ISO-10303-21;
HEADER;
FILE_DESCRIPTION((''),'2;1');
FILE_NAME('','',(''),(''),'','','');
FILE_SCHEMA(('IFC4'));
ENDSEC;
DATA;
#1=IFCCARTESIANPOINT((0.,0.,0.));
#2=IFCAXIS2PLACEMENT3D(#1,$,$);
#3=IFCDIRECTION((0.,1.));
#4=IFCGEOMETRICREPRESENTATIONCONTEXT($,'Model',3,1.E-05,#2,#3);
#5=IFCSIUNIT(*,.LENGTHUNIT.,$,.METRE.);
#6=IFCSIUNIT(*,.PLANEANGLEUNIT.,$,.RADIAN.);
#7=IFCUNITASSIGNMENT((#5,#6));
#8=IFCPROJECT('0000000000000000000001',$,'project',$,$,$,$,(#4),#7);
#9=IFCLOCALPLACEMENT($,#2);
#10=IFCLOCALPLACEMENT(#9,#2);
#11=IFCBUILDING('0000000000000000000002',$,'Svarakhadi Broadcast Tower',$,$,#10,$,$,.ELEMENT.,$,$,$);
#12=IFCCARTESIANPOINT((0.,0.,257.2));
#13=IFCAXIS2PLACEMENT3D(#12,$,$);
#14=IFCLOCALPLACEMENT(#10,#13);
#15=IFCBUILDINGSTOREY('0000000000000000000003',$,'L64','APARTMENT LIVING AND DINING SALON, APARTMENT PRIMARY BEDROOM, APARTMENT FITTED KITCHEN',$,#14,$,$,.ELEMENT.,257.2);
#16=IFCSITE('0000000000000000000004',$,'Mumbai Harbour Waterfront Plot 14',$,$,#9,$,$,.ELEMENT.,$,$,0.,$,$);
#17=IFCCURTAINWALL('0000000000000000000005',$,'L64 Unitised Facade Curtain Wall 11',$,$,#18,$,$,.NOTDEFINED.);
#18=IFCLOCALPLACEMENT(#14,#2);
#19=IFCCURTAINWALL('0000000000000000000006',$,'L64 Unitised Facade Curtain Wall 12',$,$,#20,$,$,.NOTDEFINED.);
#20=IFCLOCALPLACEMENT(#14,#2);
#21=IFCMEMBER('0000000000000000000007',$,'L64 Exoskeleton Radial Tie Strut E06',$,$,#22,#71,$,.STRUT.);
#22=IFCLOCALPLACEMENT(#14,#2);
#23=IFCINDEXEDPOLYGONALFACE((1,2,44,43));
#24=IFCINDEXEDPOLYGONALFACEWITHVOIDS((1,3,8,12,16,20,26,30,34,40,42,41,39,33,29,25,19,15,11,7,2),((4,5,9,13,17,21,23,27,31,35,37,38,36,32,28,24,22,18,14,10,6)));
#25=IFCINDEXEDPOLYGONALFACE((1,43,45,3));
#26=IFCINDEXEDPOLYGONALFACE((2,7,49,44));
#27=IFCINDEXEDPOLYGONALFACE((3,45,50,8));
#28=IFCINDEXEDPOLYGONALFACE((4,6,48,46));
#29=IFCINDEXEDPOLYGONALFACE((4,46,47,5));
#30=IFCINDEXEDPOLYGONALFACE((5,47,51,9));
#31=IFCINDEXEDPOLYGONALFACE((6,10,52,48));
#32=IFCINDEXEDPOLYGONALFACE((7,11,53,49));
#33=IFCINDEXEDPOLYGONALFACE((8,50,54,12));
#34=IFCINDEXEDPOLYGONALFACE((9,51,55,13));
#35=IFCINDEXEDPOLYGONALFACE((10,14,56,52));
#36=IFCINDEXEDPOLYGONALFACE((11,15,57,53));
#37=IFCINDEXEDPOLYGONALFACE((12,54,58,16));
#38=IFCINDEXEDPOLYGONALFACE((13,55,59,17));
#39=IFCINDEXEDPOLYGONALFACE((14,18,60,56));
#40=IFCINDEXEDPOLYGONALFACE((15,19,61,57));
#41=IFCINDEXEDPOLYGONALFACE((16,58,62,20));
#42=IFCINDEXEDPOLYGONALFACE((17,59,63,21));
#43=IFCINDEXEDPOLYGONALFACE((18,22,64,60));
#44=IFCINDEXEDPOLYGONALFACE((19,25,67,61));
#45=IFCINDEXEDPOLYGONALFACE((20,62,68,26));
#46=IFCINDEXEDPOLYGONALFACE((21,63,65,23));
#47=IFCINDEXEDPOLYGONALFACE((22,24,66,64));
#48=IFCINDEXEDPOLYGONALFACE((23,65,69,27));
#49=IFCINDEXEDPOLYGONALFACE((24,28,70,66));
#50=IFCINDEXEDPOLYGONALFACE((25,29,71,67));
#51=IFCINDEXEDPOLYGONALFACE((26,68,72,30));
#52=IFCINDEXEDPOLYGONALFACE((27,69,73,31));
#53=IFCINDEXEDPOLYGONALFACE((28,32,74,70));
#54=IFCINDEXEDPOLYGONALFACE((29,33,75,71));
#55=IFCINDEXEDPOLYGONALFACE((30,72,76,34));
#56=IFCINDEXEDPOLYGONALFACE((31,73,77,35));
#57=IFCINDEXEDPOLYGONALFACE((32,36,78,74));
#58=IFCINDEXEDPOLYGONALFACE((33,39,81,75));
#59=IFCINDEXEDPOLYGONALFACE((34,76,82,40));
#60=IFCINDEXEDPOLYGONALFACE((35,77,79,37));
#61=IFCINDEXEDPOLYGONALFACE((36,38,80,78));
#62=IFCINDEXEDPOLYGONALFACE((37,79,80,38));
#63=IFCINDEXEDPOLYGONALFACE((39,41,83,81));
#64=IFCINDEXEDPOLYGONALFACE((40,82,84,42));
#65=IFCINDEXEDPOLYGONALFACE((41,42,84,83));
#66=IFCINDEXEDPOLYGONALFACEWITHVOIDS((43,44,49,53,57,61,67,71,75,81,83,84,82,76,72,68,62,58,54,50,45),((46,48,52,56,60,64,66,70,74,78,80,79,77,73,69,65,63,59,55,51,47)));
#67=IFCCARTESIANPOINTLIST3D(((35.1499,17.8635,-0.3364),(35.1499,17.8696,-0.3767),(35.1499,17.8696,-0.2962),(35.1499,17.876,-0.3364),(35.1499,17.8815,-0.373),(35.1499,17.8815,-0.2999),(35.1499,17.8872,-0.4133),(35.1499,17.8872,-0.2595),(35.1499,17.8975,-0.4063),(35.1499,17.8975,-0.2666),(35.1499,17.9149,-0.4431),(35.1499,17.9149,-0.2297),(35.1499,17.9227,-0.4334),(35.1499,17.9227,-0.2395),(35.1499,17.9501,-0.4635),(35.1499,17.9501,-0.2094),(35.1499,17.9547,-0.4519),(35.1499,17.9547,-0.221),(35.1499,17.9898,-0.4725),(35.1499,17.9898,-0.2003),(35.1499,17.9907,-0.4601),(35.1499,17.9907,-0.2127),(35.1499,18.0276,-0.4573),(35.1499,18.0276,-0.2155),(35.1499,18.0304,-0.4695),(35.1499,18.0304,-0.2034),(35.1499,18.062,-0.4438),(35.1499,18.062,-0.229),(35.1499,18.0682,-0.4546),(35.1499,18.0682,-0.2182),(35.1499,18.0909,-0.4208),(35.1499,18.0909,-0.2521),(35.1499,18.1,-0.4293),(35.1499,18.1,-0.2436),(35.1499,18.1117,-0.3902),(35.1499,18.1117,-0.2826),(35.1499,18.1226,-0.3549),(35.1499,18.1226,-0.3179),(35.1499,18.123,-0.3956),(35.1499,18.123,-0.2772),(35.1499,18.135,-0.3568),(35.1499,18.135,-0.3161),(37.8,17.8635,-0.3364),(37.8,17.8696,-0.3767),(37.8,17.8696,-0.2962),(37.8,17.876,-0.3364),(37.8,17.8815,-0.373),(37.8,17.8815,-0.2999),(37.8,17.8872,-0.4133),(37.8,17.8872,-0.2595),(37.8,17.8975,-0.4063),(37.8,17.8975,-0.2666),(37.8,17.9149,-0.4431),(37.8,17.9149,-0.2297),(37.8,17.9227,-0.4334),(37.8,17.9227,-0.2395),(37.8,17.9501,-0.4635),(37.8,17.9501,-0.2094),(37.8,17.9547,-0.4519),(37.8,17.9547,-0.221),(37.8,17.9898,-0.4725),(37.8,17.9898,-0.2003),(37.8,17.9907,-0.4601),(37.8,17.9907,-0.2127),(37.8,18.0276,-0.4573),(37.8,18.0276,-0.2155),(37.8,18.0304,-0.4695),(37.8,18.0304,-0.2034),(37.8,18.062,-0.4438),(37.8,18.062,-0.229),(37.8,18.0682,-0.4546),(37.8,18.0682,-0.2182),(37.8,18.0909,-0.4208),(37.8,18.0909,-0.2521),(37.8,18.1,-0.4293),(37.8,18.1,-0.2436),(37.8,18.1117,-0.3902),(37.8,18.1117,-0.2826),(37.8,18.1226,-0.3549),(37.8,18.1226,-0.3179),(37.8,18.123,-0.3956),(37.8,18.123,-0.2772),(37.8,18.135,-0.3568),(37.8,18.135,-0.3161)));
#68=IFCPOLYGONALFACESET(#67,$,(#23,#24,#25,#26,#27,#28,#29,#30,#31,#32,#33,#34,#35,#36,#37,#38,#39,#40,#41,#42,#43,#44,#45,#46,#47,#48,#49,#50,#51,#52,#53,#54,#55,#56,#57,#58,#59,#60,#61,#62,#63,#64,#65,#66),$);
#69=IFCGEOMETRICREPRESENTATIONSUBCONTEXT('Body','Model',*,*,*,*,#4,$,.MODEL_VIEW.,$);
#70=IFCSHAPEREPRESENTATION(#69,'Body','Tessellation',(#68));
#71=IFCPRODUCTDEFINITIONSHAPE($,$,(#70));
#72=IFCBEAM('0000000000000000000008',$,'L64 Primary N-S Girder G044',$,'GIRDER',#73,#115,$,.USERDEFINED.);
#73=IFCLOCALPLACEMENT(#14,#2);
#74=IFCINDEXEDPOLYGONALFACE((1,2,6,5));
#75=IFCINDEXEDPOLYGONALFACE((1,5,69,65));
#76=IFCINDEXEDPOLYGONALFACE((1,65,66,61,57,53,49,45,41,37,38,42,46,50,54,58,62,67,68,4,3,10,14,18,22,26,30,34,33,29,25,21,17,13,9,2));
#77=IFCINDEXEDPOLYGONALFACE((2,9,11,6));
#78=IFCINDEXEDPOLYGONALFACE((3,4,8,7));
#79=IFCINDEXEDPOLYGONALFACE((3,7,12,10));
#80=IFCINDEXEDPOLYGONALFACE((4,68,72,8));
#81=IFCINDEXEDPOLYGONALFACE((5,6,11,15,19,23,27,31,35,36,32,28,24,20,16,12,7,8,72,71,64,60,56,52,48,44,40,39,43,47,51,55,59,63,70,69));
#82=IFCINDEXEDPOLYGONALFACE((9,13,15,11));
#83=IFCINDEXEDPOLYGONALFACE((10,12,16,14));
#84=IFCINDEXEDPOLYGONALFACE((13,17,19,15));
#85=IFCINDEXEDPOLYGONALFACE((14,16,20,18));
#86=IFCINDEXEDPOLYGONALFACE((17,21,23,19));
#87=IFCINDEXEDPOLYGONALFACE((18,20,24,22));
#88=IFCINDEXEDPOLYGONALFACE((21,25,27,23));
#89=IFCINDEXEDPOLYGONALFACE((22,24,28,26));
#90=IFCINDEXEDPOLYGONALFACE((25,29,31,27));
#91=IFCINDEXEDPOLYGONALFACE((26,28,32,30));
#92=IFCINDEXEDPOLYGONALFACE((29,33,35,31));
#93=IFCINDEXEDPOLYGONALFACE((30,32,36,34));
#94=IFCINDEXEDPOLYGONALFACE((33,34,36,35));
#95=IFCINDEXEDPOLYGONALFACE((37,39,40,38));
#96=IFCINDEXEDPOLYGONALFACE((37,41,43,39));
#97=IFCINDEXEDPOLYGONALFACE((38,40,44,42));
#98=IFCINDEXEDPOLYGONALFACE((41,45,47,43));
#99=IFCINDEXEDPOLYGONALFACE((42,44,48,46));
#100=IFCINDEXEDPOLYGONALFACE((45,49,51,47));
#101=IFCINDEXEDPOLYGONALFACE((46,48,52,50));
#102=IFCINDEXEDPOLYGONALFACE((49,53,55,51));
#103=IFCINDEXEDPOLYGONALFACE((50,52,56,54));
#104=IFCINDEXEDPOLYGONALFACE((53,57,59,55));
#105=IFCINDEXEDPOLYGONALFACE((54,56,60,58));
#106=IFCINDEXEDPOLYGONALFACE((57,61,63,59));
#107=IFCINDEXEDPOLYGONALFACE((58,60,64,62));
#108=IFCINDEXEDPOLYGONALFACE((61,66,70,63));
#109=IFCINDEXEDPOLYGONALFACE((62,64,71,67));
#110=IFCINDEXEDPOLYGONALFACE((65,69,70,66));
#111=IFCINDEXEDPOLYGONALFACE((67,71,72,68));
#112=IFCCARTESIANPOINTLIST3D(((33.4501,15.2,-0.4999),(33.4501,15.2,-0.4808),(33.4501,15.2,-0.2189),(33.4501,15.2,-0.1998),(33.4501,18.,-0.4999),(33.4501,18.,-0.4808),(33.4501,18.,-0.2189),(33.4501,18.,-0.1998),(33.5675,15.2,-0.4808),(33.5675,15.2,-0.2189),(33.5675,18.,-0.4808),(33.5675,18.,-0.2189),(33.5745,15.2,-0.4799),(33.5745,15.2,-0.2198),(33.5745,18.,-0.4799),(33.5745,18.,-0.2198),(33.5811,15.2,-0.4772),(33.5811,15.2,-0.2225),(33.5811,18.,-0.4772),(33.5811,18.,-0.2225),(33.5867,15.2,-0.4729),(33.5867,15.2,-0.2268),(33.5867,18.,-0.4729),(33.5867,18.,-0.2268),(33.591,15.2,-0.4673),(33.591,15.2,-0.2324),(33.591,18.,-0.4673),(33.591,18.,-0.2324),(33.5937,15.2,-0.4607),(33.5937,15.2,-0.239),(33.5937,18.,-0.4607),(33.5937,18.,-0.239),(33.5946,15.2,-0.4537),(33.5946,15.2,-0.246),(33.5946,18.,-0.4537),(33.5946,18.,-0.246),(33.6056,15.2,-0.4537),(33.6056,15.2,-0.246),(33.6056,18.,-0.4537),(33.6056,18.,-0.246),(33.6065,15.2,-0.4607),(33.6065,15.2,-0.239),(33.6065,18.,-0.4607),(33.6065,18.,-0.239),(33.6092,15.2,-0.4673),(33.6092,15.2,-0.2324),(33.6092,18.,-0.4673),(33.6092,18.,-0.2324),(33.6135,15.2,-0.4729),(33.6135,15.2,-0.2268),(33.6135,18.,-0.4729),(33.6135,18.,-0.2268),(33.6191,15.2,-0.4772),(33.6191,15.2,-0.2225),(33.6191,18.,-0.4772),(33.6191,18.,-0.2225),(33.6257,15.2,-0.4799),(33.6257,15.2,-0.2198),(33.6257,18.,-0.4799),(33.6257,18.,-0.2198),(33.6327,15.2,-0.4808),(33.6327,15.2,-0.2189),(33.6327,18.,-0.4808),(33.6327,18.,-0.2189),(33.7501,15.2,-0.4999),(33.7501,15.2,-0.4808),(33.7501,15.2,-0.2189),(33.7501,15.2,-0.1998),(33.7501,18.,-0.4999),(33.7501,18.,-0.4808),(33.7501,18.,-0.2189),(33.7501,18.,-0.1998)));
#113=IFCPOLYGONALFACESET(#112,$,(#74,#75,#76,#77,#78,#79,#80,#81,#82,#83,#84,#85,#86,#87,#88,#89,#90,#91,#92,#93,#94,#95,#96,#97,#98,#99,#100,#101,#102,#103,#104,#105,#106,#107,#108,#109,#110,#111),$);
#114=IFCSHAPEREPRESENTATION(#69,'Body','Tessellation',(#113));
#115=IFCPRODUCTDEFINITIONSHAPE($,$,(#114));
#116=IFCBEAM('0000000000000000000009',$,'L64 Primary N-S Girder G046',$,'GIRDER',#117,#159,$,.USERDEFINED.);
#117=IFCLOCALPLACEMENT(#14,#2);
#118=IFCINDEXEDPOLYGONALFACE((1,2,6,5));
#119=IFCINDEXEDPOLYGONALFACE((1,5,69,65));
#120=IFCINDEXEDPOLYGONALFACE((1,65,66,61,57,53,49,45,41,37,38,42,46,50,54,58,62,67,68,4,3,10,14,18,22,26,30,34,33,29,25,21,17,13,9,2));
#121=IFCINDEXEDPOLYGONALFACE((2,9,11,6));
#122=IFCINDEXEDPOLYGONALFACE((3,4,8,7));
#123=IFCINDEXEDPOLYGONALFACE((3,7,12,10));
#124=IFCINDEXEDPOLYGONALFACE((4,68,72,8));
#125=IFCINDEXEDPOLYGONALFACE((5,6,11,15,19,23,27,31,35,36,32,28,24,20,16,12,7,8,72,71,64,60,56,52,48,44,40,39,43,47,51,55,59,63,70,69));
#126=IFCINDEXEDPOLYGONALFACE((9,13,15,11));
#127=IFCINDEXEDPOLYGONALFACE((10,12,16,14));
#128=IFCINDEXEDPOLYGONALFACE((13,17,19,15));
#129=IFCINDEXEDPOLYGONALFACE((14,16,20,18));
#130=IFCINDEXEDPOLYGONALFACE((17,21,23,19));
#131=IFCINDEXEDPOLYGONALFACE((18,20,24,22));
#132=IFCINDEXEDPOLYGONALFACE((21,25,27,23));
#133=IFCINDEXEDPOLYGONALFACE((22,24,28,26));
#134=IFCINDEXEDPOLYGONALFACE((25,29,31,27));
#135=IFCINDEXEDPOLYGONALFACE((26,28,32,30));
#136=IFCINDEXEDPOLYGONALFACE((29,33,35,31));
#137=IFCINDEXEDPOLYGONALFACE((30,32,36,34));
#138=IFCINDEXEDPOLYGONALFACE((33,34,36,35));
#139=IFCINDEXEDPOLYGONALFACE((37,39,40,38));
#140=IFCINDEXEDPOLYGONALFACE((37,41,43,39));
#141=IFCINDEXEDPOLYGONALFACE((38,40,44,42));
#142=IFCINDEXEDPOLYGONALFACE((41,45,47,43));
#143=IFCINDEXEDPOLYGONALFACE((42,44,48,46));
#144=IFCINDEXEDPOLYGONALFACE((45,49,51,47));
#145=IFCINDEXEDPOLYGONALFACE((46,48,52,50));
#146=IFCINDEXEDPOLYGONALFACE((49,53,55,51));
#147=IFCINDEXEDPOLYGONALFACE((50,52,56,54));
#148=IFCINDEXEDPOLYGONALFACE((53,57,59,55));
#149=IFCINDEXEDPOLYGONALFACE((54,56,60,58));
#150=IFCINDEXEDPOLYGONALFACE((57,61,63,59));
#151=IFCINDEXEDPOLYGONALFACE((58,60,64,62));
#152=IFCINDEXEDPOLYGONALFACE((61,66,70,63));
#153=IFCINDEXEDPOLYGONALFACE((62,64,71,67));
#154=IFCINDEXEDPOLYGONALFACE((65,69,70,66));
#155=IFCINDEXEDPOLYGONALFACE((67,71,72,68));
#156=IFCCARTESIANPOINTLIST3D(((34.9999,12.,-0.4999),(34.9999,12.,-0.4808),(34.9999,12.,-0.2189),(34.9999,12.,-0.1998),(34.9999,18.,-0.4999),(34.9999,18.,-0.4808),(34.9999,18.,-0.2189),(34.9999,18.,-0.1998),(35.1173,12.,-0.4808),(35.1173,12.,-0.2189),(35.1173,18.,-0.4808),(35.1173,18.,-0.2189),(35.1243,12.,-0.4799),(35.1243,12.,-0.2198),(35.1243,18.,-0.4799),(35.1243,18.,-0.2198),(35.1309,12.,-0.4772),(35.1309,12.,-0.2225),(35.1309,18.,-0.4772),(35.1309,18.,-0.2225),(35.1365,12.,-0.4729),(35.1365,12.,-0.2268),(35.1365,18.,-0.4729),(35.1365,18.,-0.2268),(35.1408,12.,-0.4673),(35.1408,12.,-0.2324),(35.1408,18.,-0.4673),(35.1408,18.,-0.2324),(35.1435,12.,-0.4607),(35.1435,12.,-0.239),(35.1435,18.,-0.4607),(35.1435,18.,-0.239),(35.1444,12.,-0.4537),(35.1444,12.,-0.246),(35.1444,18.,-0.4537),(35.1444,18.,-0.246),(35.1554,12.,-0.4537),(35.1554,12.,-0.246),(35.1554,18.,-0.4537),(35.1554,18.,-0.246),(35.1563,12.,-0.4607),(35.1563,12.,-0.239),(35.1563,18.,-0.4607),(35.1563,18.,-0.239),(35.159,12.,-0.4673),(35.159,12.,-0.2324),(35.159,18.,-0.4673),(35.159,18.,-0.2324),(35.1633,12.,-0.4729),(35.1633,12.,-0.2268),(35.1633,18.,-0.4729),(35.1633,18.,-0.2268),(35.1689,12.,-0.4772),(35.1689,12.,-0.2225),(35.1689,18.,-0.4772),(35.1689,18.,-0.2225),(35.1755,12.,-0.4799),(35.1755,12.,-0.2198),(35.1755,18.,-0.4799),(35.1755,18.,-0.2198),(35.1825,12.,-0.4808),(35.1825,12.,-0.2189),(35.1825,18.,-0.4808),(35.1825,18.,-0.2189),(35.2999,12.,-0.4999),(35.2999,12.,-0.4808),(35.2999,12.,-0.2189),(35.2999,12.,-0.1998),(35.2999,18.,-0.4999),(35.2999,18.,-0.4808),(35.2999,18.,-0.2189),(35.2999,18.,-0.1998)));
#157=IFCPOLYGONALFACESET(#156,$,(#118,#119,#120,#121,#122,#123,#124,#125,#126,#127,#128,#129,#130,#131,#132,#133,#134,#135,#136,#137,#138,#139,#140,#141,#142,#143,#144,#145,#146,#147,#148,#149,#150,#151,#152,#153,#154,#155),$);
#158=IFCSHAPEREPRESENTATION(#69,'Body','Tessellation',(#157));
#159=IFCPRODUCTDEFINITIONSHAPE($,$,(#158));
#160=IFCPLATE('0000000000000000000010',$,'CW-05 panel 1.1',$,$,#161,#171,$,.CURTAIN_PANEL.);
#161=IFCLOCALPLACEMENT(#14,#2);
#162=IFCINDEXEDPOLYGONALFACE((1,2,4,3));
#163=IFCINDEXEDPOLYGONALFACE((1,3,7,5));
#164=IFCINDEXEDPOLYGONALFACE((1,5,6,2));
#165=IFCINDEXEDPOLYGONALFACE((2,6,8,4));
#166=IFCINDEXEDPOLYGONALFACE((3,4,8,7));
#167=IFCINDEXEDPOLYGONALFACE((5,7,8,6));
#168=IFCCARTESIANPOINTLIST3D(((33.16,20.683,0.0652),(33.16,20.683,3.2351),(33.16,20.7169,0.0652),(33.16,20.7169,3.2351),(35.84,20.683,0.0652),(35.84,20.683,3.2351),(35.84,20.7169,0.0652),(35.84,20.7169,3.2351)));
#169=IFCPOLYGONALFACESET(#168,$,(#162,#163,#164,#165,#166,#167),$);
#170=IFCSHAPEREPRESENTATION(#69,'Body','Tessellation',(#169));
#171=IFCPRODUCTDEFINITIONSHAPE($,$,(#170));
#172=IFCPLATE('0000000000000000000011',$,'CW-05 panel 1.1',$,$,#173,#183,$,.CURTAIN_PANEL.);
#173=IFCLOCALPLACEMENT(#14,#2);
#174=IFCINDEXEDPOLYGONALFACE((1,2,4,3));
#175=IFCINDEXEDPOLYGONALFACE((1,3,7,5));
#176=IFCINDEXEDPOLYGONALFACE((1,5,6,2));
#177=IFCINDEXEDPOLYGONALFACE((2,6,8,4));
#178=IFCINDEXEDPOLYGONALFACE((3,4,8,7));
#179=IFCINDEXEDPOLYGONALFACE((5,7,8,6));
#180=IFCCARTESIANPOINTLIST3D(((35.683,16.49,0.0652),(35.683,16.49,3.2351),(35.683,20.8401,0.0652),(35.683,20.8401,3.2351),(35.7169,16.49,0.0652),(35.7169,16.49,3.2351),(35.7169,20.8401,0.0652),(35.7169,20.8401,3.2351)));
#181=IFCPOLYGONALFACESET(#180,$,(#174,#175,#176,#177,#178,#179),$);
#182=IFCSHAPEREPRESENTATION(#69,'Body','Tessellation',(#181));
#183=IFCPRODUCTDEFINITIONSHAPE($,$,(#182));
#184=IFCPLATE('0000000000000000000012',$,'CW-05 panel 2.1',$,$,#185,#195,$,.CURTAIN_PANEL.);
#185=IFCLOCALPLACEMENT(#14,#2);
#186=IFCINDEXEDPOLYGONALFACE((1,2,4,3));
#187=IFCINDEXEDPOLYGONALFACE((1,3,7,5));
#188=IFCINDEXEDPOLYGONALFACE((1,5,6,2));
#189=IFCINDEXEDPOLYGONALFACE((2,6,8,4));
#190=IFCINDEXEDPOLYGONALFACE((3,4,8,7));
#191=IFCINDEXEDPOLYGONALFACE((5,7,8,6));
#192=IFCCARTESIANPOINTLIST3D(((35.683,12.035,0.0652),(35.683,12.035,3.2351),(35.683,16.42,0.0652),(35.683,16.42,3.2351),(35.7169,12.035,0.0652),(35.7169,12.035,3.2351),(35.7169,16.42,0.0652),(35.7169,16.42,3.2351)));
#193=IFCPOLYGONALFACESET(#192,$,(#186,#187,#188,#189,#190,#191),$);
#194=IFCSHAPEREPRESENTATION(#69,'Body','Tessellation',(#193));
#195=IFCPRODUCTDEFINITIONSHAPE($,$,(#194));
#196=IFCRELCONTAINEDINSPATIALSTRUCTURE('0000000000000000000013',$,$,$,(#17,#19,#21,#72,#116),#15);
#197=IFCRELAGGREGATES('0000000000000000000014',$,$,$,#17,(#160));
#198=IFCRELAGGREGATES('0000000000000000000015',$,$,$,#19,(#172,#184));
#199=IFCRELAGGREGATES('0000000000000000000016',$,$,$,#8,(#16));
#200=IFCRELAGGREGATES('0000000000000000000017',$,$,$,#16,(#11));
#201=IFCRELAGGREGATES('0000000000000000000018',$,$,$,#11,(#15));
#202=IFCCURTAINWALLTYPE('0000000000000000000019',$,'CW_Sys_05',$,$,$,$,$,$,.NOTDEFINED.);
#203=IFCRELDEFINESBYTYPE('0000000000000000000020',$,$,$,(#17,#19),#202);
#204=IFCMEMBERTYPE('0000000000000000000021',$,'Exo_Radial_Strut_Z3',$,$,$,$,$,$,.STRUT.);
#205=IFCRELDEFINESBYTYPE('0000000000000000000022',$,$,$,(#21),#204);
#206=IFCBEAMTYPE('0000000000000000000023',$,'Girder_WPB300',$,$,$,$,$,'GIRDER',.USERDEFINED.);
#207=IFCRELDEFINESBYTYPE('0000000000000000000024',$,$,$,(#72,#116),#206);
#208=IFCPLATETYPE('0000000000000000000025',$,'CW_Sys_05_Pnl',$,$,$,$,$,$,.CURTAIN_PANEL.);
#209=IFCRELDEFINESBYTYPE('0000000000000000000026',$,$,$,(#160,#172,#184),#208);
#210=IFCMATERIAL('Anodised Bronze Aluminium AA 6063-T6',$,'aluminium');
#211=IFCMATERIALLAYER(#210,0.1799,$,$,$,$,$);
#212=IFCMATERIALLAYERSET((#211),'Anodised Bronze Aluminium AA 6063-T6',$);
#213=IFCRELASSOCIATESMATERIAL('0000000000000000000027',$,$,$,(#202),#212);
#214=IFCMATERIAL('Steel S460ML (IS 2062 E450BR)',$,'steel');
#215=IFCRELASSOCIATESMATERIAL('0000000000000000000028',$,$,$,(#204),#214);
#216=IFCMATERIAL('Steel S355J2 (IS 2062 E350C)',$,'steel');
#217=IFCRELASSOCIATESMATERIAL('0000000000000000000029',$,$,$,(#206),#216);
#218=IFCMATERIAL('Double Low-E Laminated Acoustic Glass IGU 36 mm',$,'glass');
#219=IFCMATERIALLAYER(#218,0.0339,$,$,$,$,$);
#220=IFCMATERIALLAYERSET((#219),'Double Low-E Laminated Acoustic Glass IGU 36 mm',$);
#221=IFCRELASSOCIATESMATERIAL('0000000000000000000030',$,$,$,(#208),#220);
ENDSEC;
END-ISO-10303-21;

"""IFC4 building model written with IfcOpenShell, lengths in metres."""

from ifc_helpers import new_model, si_unit, direction, frame, origin, origin_2d, place, context, subcontext, project, spatial, rectangle, hollow_circle, i_section, extrude, material, layer, layer_set, material_profile, profile_set, type_object, element, aggregate, save


model = new_model("IFC4")

# Units and contexts
model_context = context("Model", 3, precision=1e-05, world=origin(), true_north=direction((0.0, 1.0)))
body_context = subcontext(model_context, "Body", "Model", "MODEL_VIEW")
ifc_project = project(units=[si_unit("LENGTHUNIT", "METRE"), si_unit("PLANEANGLEUNIT", "RADIAN")], contexts=[model_context])

# Site, building, storey
site_placement = place(None, origin())
site = spatial("IfcSite", under=ifc_project, at=site_placement, Name="Mumbai Harbour Waterfront Plot 14", CompositionType="ELEMENT", RefElevation=0.0)
building_placement = place(site_placement, origin())
building = spatial("IfcBuilding", under=site, at=building_placement, Name="Svarakhadi Broadcast Tower", CompositionType="ELEMENT")
storey_placement = place(building_placement, frame((0.0, 0.0, 257.2)))
storey = spatial("IfcBuildingStorey", under=building, at=storey_placement, Name="L64", Description="APARTMENT LIVING AND DINING SALON, APARTMENT PRIMARY BEDROOM, APARTMENT FITTED KITCHEN", CompositionType="ELEMENT", Elevation=257.2)

# Shared definitions
ifc_material_1 = material(Name="Steel S460ML (IS 2062 E450BR)", Category="steel")

# Curtain wall
ifc_material_2 = material(Name="Anodised Bronze Aluminium AA 6063-T6", Category="aluminium")
ifc_layer_1 = layer(ifc_material_2, 0.1799)
ifc_layer_set_1 = layer_set([ifc_layer_1], Name="Anodised Bronze Aluminium AA 6063-T6")
curtain_wall_type = type_object("IfcCurtainWallType", Name="CW_Sys_05", PredefinedType="NOTDEFINED", material=ifc_layer_set_1)
curtain_wall_1_placement = place(storey_placement, origin())
curtain_wall_1 = element("IfcCurtainWall", 1, at=curtain_wall_1_placement, inside=storey, type_object=curtain_wall_type, Name="L64 Unitised Facade Curtain Wall 11", PredefinedType="NOTDEFINED")

# Curtain wall
curtain_wall_2_placement = place(storey_placement, origin())
curtain_wall_2 = element("IfcCurtainWall", 2, at=curtain_wall_2_placement, inside=storey, type_object=curtain_wall_type, Name="L64 Unitised Facade Curtain Wall 12", PredefinedType="NOTDEFINED")

# Member
ifc_material_profile_1 = material_profile(ifc_material_1, hollow_circle(Radius=0.1365, WallThickness=0.0125, at=origin_2d()), Name="CHS 273x12.5")
ifc_profile_set_1 = profile_set([ifc_material_profile_1], Name="Steel S460ML (IS 2062 E450BR)")
member_type_1 = type_object("IfcMemberType", Name="Exo_Radial_Strut_Z3", PredefinedType="STRUT", material=ifc_profile_set_1)
member_1_placement = place(storey_placement, frame((37.8, 18.0, -0.3364), z_axis=(-1.0, 0.0, 0.0), x_axis=(0.0, -1.0, 0.0)))
element("IfcMember", 3, at=member_1_placement, inside=storey, type_object=member_type_1, Name="L64 Exoskeleton Radial Tie Strut E06", PredefinedType="STRUT", context=body_context, shape_type="SweptSolid", body=[
    extrude(hollow_circle(Radius=0.1365, WallThickness=0.0125, at=origin_2d()), origin(), (0.0, 0.0, 1.0), 2.6501),
])

# Beams
ifc_material_3 = material(Name="Steel S355J2 (IS 2062 E350C)", Category="steel")
ifc_material_profile_2 = material_profile(ifc_material_3, i_section(OverallWidth=0.3, OverallDepth=0.3, WebThickness=0.011, FlangeThickness=0.019, FilletRadius=0.0271, at=origin_2d()), Name="WPB 300x300x117")
ifc_profile_set_2 = profile_set([ifc_material_profile_2], Name="Steel S355J2 (IS 2062 E350C)")
beam_type = type_object("IfcBeamType", Name="Girder_WPB300", ElementType="GIRDER", PredefinedType="USERDEFINED", material=ifc_profile_set_2)
beam_1_placement = place(storey_placement, frame((33.6001, 15.2, -0.3499), z_axis=(0.0, 1.0, 0.0), x_axis=(-1.0, 0.0, 0.0)))
element("IfcBeam", 4, at=beam_1_placement, inside=storey, type_object=beam_type, Name="L64 Primary N-S Girder G044", ObjectType="GIRDER", PredefinedType="USERDEFINED", context=body_context, shape_type="SweptSolid", body=[
    extrude(i_section(OverallWidth=0.3, OverallDepth=0.3, WebThickness=0.011, FlangeThickness=0.019, FilletRadius=0.0271, at=origin_2d()), origin(), (0.0, 0.0, 1.0), 2.8),
])
beam_2_placement = place(storey_placement, frame((35.1499, 12.0, -0.3499), z_axis=(0.0, 1.0, 0.0), x_axis=(-1.0, 0.0, 0.0)))
element("IfcBeam", 5, at=beam_2_placement, inside=storey, type_object=beam_type, Name="L64 Primary N-S Girder G046", ObjectType="GIRDER", PredefinedType="USERDEFINED", context=body_context, shape_type="SweptSolid", body=[
    extrude(i_section(OverallWidth=0.3, OverallDepth=0.3, WebThickness=0.011, FlangeThickness=0.019, FilletRadius=0.0271, at=origin_2d()), origin(), (0.0, 0.0, 1.0), 6.0),
])

# Plates
ifc_material_4 = material(Name="Double Low-E Laminated Acoustic Glass IGU 36 mm", Category="glass")
ifc_layer_2 = layer(ifc_material_4, 0.0339)
ifc_layer_set_2 = layer_set([ifc_layer_2], Name="Double Low-E Laminated Acoustic Glass IGU 36 mm")
plate_type_1 = type_object("IfcPlateType", Name="CW_Sys_05_Pnl", PredefinedType="CURTAIN_PANEL", material=ifc_layer_set_2)
plate_1_placement = place(storey_placement, frame((34.5, 20.7, 0.0652), z_axis=(0.0, 0.0, 1.0), x_axis=(1.0, 0.0, 0.0)))
plate_1 = element("IfcPlate", 6, at=plate_1_placement, type_object=plate_type_1, Name="CW-05 panel 1.1", PredefinedType="CURTAIN_PANEL", context=body_context, shape_type="SweptSolid", body=[
    extrude(rectangle(XDim=2.6799, YDim=0.0339, at=origin_2d()), origin(), (0.0, 0.0, 1.0), 3.1699),
])
aggregate(curtain_wall_1, [plate_1])
plate_2_placement = place(storey_placement, frame((35.7, 18.665, 0.0652), z_axis=(0.0, 0.0, 1.0), x_axis=(0.0, -1.0, 0.0)))
plate_2 = element("IfcPlate", 7, at=plate_2_placement, type_object=plate_type_1, Name="CW-05 panel 1.1", PredefinedType="CURTAIN_PANEL", context=body_context, shape_type="SweptSolid", body=[
    extrude(rectangle(XDim=4.3501, YDim=0.0339, at=origin_2d()), origin(), (0.0, 0.0, 1.0), 3.1699),
])
plate_3_placement = place(storey_placement, frame((35.7, 14.2275, 0.0652), z_axis=(0.0, 0.0, 1.0), x_axis=(0.0, -1.0, 0.0)))
plate_3 = element("IfcPlate", 8, at=plate_3_placement, type_object=plate_type_1, Name="CW-05 panel 2.1", PredefinedType="CURTAIN_PANEL", context=body_context, shape_type="SweptSolid", body=[
    extrude(rectangle(XDim=4.385, YDim=0.0339, at=origin_2d()), origin(), (0.0, 0.0, 1.0), 3.1699),
])
aggregate(curtain_wall_2, [plate_2, plate_3])

save(model, "model.ifc")
